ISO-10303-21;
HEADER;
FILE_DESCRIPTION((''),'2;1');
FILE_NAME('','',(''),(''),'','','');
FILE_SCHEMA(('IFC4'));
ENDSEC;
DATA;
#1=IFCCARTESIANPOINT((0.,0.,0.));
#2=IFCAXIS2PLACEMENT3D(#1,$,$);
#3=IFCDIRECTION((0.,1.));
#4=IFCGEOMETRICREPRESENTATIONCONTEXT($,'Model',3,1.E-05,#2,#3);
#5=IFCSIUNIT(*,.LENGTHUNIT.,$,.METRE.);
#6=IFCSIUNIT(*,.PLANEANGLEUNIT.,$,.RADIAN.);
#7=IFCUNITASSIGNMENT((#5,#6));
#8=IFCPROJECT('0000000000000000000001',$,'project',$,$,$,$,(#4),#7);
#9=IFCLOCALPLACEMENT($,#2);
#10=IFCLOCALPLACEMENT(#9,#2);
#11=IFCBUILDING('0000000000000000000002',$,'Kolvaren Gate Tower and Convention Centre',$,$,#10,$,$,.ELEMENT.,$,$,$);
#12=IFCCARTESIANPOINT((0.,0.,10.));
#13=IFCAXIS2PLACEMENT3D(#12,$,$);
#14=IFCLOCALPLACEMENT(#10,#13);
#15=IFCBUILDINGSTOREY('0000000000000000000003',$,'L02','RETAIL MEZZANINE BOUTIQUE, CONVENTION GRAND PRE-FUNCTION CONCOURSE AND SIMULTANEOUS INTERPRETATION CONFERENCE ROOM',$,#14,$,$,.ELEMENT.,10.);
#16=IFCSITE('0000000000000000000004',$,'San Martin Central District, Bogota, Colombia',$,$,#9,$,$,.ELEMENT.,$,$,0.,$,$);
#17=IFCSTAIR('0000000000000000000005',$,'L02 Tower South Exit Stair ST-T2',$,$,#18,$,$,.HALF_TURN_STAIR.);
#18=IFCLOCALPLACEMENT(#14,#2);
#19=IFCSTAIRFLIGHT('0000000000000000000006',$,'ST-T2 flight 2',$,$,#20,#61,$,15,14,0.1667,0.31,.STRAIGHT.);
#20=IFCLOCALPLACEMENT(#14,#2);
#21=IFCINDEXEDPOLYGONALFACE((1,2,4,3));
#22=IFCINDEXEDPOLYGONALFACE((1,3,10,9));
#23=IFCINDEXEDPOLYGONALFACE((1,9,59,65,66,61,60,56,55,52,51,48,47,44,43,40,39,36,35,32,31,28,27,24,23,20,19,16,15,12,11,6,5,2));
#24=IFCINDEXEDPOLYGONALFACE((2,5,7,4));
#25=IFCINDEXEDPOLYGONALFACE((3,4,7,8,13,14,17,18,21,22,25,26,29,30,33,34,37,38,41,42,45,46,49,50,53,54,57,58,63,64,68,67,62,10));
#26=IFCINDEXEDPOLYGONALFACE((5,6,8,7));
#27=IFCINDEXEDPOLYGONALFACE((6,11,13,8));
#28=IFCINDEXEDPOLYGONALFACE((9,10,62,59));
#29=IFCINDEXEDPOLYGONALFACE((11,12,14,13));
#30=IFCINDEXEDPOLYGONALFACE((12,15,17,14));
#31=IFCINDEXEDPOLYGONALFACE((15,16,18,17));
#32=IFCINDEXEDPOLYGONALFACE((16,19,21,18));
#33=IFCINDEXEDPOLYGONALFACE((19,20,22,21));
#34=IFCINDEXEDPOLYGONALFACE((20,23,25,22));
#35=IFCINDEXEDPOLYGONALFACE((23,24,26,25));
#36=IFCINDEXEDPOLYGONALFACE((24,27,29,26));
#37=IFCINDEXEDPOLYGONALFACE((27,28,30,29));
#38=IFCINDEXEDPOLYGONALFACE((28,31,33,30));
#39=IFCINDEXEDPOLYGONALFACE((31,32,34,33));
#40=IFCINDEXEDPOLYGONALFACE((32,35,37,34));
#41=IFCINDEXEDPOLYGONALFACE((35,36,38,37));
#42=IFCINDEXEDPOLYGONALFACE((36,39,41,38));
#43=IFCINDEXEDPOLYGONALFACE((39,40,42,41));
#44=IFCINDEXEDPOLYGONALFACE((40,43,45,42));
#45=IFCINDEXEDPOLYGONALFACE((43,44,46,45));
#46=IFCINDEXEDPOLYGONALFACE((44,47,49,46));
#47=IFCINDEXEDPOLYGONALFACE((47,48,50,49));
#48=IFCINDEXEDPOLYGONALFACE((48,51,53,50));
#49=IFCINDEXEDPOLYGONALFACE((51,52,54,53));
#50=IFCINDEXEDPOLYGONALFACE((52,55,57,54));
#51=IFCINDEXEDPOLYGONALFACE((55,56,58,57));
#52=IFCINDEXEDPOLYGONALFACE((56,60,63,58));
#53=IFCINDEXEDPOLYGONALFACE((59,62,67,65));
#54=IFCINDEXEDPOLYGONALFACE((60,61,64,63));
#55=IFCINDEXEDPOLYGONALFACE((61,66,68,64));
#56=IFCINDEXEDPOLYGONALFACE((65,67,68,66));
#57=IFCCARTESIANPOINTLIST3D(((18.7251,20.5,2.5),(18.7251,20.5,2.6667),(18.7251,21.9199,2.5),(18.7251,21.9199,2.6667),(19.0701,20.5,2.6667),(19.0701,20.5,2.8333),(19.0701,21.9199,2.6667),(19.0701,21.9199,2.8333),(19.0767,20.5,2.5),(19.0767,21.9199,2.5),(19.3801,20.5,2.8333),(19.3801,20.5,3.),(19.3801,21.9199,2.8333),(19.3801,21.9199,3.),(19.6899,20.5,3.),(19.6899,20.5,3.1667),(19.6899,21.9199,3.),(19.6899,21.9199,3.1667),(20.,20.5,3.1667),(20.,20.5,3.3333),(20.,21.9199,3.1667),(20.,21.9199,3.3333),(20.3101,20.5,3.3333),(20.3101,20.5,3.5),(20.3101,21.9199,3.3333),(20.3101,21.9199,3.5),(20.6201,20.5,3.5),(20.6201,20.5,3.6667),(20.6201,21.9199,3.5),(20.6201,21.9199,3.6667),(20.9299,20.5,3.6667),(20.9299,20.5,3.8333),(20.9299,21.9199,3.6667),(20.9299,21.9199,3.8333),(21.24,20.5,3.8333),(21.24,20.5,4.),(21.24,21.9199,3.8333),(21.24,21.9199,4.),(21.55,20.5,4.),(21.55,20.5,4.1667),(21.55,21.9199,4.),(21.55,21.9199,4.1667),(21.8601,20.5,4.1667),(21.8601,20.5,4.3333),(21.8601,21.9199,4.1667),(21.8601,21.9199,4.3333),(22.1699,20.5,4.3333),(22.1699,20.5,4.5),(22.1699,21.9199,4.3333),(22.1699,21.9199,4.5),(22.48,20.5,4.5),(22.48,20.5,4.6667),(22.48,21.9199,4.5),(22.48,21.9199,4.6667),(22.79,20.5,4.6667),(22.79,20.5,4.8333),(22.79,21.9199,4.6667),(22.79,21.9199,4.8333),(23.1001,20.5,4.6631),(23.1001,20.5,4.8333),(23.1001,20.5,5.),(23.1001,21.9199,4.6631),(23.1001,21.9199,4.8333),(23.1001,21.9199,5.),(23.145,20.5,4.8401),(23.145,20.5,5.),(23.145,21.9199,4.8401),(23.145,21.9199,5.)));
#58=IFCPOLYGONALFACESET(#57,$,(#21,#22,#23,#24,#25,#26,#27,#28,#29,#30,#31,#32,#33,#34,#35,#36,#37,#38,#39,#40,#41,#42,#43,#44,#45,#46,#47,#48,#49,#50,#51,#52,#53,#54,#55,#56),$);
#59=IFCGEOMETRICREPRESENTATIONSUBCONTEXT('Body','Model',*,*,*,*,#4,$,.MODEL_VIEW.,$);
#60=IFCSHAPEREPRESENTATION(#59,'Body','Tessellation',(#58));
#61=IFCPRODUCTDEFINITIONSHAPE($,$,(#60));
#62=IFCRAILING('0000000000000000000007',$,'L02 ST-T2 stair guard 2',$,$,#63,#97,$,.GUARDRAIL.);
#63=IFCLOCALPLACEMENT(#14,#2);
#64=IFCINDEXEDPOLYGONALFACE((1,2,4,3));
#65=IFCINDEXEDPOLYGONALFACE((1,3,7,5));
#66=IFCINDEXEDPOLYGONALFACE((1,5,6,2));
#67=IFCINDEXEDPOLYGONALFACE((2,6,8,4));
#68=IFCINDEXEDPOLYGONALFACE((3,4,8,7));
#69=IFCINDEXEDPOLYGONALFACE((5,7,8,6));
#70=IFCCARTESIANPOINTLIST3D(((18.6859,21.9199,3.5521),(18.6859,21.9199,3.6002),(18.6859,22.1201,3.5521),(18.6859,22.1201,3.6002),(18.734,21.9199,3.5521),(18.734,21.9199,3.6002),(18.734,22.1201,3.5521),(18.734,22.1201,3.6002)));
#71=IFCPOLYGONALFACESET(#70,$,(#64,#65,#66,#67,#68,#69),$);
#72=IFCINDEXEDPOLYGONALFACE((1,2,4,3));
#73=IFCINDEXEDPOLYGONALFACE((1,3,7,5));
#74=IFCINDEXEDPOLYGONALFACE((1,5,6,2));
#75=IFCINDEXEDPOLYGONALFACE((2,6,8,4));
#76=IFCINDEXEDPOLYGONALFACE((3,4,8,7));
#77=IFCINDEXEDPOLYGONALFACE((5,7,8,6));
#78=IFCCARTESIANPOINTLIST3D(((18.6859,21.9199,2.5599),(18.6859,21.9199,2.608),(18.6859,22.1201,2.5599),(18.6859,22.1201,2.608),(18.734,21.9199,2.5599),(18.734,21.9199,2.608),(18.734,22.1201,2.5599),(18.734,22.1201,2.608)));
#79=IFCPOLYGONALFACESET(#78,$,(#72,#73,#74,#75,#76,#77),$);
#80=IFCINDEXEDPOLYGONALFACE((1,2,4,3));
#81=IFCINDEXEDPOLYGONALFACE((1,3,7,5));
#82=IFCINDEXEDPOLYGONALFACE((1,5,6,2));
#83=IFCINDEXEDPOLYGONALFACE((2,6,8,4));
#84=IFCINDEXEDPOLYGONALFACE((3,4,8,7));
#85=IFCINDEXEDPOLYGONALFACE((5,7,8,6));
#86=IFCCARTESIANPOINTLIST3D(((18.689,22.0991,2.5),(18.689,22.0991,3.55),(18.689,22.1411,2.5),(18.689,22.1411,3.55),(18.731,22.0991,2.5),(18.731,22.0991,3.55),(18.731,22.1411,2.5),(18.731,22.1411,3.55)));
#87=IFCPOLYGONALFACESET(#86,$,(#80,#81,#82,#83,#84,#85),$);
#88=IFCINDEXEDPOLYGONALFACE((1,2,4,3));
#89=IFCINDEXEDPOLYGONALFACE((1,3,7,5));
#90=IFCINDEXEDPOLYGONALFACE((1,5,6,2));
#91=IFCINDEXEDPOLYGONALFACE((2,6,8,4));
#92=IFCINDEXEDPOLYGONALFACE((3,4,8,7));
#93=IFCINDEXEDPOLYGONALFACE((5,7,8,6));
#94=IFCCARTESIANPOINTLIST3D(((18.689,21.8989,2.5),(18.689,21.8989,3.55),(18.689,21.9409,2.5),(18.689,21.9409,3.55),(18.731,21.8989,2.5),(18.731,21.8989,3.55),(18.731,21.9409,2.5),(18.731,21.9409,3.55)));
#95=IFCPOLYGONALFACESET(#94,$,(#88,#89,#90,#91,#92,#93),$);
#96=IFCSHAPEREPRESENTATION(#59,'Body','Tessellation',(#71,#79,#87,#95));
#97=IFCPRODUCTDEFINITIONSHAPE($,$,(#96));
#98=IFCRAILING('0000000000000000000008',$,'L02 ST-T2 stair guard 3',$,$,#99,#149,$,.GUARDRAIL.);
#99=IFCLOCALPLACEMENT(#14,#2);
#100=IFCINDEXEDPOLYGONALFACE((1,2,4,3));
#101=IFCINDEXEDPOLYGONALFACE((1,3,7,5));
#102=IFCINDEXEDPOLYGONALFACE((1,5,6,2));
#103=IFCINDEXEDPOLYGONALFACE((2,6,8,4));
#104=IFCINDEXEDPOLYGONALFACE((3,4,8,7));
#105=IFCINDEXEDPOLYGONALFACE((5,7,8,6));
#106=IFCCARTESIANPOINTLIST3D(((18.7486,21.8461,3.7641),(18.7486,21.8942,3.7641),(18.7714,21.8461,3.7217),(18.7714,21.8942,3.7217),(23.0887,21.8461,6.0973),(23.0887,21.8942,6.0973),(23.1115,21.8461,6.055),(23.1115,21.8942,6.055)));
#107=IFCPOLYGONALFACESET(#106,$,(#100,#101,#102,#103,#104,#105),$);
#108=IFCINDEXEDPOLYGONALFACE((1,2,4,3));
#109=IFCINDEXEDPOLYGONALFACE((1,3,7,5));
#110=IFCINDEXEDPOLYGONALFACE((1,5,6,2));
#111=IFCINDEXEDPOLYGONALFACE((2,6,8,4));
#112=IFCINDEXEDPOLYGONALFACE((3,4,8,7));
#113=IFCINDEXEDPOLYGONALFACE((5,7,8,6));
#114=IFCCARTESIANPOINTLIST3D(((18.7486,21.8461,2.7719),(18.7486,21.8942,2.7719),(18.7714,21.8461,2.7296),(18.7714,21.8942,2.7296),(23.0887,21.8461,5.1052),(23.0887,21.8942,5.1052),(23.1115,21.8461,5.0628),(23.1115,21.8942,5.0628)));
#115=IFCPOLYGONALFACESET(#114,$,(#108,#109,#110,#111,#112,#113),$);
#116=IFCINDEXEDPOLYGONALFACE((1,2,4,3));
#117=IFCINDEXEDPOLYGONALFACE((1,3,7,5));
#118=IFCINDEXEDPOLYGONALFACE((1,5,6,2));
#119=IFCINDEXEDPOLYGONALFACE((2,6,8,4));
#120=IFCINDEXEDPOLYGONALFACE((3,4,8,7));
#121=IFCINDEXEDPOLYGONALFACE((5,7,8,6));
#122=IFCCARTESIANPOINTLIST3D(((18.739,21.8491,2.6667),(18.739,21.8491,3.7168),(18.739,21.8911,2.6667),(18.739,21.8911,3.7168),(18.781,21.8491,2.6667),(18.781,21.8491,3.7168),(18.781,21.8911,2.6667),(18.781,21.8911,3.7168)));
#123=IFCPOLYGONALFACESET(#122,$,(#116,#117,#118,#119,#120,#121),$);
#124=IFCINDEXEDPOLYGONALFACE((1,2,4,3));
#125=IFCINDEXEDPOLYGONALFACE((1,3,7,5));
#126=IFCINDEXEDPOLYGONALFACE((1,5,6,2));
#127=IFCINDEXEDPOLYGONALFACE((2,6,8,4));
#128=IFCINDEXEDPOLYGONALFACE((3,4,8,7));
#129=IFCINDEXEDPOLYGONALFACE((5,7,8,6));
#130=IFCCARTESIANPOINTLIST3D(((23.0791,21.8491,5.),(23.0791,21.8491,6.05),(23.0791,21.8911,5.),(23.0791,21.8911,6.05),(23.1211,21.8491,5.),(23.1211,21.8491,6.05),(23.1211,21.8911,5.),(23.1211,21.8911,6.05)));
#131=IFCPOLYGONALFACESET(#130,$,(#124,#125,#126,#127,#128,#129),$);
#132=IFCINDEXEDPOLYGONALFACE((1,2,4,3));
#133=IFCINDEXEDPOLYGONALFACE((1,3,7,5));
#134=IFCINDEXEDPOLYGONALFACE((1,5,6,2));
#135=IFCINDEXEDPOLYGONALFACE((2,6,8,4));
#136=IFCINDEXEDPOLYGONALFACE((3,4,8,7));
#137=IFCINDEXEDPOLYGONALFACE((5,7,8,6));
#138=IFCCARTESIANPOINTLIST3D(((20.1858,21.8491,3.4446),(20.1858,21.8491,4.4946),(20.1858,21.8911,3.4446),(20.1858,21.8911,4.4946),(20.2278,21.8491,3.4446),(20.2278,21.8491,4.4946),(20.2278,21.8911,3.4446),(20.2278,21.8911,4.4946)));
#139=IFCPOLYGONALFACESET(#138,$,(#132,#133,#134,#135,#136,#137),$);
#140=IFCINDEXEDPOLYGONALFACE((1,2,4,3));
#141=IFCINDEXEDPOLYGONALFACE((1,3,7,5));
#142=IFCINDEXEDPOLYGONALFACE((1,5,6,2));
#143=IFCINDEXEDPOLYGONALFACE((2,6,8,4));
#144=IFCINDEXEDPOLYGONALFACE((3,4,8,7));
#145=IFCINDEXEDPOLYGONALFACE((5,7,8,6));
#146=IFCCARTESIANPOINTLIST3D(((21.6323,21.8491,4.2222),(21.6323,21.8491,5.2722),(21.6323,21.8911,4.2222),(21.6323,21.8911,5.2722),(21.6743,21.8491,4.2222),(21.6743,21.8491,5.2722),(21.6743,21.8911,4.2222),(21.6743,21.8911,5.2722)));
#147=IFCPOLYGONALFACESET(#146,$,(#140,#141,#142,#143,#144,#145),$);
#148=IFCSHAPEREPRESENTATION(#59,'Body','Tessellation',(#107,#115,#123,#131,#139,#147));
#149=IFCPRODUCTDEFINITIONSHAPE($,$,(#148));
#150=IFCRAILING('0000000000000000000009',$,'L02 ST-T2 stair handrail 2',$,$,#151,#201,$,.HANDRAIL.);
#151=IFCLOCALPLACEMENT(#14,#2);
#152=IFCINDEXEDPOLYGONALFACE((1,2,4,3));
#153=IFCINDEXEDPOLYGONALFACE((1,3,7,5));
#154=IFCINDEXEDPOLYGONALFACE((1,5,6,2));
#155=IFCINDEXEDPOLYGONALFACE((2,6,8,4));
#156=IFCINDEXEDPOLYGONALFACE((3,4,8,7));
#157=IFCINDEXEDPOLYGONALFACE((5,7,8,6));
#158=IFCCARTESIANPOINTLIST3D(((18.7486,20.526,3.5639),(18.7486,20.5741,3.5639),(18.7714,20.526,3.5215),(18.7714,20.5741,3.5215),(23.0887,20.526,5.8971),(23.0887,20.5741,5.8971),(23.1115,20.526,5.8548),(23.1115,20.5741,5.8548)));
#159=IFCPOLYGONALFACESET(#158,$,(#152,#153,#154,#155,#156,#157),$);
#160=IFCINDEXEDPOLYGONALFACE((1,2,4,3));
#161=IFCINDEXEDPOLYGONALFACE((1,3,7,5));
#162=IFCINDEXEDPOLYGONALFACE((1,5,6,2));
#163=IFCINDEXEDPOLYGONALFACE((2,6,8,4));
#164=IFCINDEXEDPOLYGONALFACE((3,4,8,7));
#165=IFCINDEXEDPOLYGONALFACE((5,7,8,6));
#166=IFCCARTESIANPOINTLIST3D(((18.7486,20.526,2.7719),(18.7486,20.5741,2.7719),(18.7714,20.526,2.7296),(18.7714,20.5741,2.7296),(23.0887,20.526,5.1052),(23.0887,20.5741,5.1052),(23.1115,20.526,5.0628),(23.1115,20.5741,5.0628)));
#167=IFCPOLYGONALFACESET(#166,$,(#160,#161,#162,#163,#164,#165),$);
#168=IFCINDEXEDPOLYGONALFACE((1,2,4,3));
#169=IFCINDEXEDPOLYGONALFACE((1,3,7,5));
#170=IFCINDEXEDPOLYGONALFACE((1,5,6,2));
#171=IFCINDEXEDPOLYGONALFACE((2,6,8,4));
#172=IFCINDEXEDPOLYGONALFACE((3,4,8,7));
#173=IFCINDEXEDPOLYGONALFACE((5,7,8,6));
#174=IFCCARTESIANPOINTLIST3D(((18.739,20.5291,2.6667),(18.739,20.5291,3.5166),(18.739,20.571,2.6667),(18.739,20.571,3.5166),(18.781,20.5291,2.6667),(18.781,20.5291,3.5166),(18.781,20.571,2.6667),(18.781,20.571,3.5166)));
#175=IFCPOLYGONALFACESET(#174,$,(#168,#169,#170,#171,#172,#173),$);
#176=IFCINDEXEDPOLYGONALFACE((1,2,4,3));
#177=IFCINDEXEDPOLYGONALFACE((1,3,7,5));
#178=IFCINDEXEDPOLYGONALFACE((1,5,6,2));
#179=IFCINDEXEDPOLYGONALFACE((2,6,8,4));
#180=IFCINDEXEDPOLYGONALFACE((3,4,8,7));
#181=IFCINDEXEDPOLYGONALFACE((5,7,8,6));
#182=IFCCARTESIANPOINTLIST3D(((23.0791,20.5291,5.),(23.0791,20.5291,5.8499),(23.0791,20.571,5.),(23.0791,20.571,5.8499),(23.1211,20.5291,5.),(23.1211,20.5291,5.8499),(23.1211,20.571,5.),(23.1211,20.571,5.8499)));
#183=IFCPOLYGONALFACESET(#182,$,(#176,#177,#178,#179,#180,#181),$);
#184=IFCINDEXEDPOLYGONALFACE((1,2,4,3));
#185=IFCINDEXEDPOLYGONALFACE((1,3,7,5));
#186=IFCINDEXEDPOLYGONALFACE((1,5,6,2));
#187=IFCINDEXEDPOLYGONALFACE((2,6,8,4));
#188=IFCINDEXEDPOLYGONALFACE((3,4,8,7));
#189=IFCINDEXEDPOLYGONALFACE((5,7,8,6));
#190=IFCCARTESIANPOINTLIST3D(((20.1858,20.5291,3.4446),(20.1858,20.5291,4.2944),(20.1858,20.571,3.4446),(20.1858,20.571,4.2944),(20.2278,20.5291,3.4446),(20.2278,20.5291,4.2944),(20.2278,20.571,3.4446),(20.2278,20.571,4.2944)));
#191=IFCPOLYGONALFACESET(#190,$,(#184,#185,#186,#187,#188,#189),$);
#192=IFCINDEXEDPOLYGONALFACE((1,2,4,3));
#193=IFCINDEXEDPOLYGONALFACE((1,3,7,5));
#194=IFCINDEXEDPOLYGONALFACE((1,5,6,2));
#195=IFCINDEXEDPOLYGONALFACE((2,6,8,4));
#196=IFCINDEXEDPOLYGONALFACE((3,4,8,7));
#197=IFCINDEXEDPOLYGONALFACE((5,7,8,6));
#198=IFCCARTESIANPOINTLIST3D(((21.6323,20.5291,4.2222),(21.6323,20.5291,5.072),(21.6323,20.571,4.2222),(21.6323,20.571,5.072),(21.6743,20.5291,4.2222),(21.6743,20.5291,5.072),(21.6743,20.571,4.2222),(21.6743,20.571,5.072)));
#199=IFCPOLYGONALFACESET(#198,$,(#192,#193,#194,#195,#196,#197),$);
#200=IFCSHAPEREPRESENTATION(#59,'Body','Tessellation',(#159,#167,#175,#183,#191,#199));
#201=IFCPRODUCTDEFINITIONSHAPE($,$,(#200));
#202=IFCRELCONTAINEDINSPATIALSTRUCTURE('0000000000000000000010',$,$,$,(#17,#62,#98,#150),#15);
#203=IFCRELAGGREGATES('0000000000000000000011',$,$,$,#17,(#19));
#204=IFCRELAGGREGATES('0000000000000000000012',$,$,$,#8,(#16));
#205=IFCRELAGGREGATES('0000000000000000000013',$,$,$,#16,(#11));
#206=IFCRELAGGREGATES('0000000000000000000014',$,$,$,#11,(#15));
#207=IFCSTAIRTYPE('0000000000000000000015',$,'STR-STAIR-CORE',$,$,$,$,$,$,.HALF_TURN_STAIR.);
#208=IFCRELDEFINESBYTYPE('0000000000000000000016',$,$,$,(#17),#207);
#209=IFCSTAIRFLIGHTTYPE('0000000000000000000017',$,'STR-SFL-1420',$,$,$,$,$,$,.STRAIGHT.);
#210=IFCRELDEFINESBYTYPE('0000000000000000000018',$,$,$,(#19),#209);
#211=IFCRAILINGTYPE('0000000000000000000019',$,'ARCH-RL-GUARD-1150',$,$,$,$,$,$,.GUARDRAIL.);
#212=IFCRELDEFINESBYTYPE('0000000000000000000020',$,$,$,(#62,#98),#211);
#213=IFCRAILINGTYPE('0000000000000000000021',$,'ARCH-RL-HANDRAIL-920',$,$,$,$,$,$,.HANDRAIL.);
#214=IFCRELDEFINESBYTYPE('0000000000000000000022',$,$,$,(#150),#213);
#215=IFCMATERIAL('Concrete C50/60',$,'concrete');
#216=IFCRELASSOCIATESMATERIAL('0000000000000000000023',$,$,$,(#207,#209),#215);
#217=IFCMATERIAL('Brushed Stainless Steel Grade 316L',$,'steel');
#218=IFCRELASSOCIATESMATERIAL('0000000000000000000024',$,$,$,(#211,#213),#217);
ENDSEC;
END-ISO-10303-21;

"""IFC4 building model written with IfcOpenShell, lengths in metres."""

from ifc_helpers import new_model, si_unit, direction, frame, origin, origin_2d, place, context, subcontext, project, spatial, polyline, rectangle, outline, extrude, material, type_object, element, aggregate, save


model = new_model("IFC4")

# Units and contexts
model_context = context("Model", 3, precision=1e-05, world=origin(), true_north=direction((0.0, 1.0)))
body_context = subcontext(model_context, "Body", "Model", "MODEL_VIEW")
ifc_project = project(units=[si_unit("LENGTHUNIT", "METRE"), si_unit("PLANEANGLEUNIT", "RADIAN")], contexts=[model_context])

# Site, building, storey
site_placement = place(None, origin())
site = spatial("IfcSite", under=ifc_project, at=site_placement, Name="San Martin Central District, Bogota, Colombia", CompositionType="ELEMENT", RefElevation=0.0)
building_placement = place(site_placement, origin())
building = spatial("IfcBuilding", under=site, at=building_placement, Name="Kolvaren Gate Tower and Convention Centre", CompositionType="ELEMENT")
storey_placement = place(building_placement, frame((0.0, 0.0, 10.0)))
storey = spatial("IfcBuildingStorey", under=building, at=storey_placement, Name="L02", Description="RETAIL MEZZANINE BOUTIQUE, CONVENTION GRAND PRE-FUNCTION CONCOURSE AND SIMULTANEOUS INTERPRETATION CONFERENCE ROOM", CompositionType="ELEMENT", Elevation=10.0)

# Shared definitions
ifc_material_1 = material(Name="Brushed Stainless Steel Grade 316L", Category="steel")

# Shared definitions
ifc_material_2 = material(Name="Concrete C50/60", Category="concrete")

# Stair, stair flight
stair_type = type_object("IfcStairType", Name="STR-STAIR-CORE", PredefinedType="HALF_TURN_STAIR", material=ifc_material_2)
stair_placement = place(storey_placement, origin())
stair = element("IfcStair", 1, at=stair_placement, inside=storey, type_object=stair_type, Name="L02 Tower South Exit Stair ST-T2", PredefinedType="HALF_TURN_STAIR")
stair_flight_type = type_object("IfcStairFlightType", Name="STR-SFL-1420", PredefinedType="STRAIGHT", material=ifc_material_2)
stair_flight_placement = place(storey_placement, frame((18.76, 21.21, 2.5), z_axis=(0.0, 0.0, 1.0), x_axis=(1.0, 0.0, 0.0)))
stair_flight = element("IfcStairFlight", 2, at=stair_flight_placement, type_object=stair_flight_type, Name="ST-T2 flight 2", NumberOfRisers=15, NumberOfTreads=14, PredefinedType="STRAIGHT", RiserHeight=0.1667, TreadLength=0.31, context=body_context, shape_type="SweptSolid", body=[
    extrude(outline(polyline([(-0.0349, 0.0), (-0.0349, 0.1667), (0.3101, 0.1667), (0.3101, 0.3333), (0.6201, 0.3333), (0.6201, 0.5), (0.9299, 0.5), (0.9299, 0.6667), (1.24, 0.6667), (1.24, 0.8333), (1.55, 0.8333), (1.55, 1.0), (1.8601, 1.0), (1.8601, 1.1667), (2.1699, 1.1667), (2.1699, 1.3333), (2.48, 1.3333), (2.48, 1.5), (2.79, 1.5), (2.79, 1.6667), (3.1001, 1.6667), (3.1001, 1.8333), (3.4099, 1.8333), (3.4099, 2.0), (3.72, 2.0), (3.72, 2.1667), (4.03, 2.1667), (4.03, 2.3333), (4.3401, 2.3333), (4.3401, 2.5), (4.385, 2.5), (4.385, 2.3401), (4.3401, 2.1631), (0.3167, 0.0), (-0.0349, 0.0)])), frame((0.0, 0.71, 0.0), z_axis=(0.0, -1.0, 0.0), x_axis=(1.0, 0.0, 0.0)), (0.0, 0.0, 1.0), 1.4199),
])
aggregate(stair, [stair_flight])

# Railings
railing_type_1 = type_object("IfcRailingType", Name="ARCH-RL-GUARD-1150", PredefinedType="GUARDRAIL", material=ifc_material_1)
railing_1_placement = place(storey_placement, frame((18.71, 22.1201, 2.5)))
element("IfcRailing", 3, at=railing_1_placement, inside=storey, type_object=railing_type_1, Name="L02 ST-T2 stair guard 2", PredefinedType="GUARDRAIL", context=body_context, shape_type="SweptSolid", body=[
    extrude(rectangle(XDim=0.0481, YDim=0.0481, at=origin_2d()), frame((0.0, 0.0, 1.0762), z_axis=(0.0, -1.0, 0.0), x_axis=(1.0, 0.0, 0.0)), (0.0, 0.0, 1.0), 0.2002),
    extrude(rectangle(XDim=0.0481, YDim=0.0481, at=origin_2d()), frame((0.0, 0.0, 0.084), z_axis=(0.0, -1.0, 0.0), x_axis=(1.0, 0.0, 0.0)), (0.0, 0.0, 1.0), 0.2002),
    extrude(rectangle(XDim=0.042, YDim=0.042, at=origin_2d()), origin(), (0.0, 0.0, 1.0), 1.05),
    extrude(rectangle(XDim=0.042, YDim=0.042, at=origin_2d()), frame((0.0, -0.2002, 0.0)), (0.0, 0.0, 1.0), 1.05),
])
railing_2_placement = place(storey_placement, frame((18.76, 21.8701, 2.6667)))
element("IfcRailing", 4, at=railing_2_placement, inside=storey, type_object=railing_type_1, Name="L02 ST-T2 stair guard 3", PredefinedType="GUARDRAIL", context=body_context, shape_type="SweptSolid", body=[
    extrude(rectangle(XDim=0.0481, YDim=0.0481, at=origin_2d()), frame((0.0, 0.0, 1.0762), z_axis=(0.880786, 0.0, 0.473515), x_axis=(0.0, 1.0, 0.0)), (0.0, 0.0, 1.0), 4.9275),
    extrude(rectangle(XDim=0.0481, YDim=0.0481, at=origin_2d()), frame((0.0, 0.0, 0.084), z_axis=(0.880786, 0.0, 0.473515), x_axis=(0.0, 1.0, 0.0)), (0.0, 0.0, 1.0), 4.9275),
    extrude(rectangle(XDim=0.042, YDim=0.042, at=origin_2d()), origin(), (0.0, 0.0, 1.0), 1.05),
    extrude(rectangle(XDim=0.042, YDim=0.042, at=origin_2d()), frame((4.3401, 0.0, 2.3333)), (0.0, 0.0, 1.0), 1.05),
    extrude(rectangle(XDim=0.042, YDim=0.042, at=origin_2d()), frame((1.4468, 0.0, 0.7778)), (0.0, 0.0, 1.0), 1.05),
    extrude(rectangle(XDim=0.042, YDim=0.042, at=origin_2d()), frame((2.8933, 0.0, 1.5554)), (0.0, 0.0, 1.0), 1.05),
])
railing_type_2 = type_object("IfcRailingType", Name="ARCH-RL-HANDRAIL-920", PredefinedType="HANDRAIL", material=ifc_material_1)
railing_3_placement = place(storey_placement, frame((18.76, 20.55, 2.6667)))
element("IfcRailing", 5, at=railing_3_placement, inside=storey, type_object=railing_type_2, Name="L02 ST-T2 stair handrail 2", PredefinedType="HANDRAIL", context=body_context, shape_type="SweptSolid", body=[
    extrude(rectangle(XDim=0.0481, YDim=0.0481, at=origin_2d()), frame((0.0, 0.0, 0.876), z_axis=(0.880786, 0.0, 0.473515), x_axis=(0.0, 1.0, 0.0)), (0.0, 0.0, 1.0), 4.9275),
    extrude(rectangle(XDim=0.0481, YDim=0.0481, at=origin_2d()), frame((0.0, 0.0, 0.084), z_axis=(0.880786, 0.0, 0.473515), x_axis=(0.0, 1.0, 0.0)), (0.0, 0.0, 1.0), 4.9275),
    extrude(rectangle(XDim=0.042, YDim=0.042, at=origin_2d()), origin(), (0.0, 0.0, 1.0), 0.8499),
    extrude(rectangle(XDim=0.042, YDim=0.042, at=origin_2d()), frame((4.3401, 0.0, 2.3333)), (0.0, 0.0, 1.0), 0.8499),
    extrude(rectangle(XDim=0.042, YDim=0.042, at=origin_2d()), frame((1.4468, 0.0, 0.7778)), (0.0, 0.0, 1.0), 0.8499),
    extrude(rectangle(XDim=0.042, YDim=0.042, at=origin_2d()), frame((2.8933, 0.0, 1.5554)), (0.0, 0.0, 1.0), 0.8499),
])

save(model, "model.ifc")
